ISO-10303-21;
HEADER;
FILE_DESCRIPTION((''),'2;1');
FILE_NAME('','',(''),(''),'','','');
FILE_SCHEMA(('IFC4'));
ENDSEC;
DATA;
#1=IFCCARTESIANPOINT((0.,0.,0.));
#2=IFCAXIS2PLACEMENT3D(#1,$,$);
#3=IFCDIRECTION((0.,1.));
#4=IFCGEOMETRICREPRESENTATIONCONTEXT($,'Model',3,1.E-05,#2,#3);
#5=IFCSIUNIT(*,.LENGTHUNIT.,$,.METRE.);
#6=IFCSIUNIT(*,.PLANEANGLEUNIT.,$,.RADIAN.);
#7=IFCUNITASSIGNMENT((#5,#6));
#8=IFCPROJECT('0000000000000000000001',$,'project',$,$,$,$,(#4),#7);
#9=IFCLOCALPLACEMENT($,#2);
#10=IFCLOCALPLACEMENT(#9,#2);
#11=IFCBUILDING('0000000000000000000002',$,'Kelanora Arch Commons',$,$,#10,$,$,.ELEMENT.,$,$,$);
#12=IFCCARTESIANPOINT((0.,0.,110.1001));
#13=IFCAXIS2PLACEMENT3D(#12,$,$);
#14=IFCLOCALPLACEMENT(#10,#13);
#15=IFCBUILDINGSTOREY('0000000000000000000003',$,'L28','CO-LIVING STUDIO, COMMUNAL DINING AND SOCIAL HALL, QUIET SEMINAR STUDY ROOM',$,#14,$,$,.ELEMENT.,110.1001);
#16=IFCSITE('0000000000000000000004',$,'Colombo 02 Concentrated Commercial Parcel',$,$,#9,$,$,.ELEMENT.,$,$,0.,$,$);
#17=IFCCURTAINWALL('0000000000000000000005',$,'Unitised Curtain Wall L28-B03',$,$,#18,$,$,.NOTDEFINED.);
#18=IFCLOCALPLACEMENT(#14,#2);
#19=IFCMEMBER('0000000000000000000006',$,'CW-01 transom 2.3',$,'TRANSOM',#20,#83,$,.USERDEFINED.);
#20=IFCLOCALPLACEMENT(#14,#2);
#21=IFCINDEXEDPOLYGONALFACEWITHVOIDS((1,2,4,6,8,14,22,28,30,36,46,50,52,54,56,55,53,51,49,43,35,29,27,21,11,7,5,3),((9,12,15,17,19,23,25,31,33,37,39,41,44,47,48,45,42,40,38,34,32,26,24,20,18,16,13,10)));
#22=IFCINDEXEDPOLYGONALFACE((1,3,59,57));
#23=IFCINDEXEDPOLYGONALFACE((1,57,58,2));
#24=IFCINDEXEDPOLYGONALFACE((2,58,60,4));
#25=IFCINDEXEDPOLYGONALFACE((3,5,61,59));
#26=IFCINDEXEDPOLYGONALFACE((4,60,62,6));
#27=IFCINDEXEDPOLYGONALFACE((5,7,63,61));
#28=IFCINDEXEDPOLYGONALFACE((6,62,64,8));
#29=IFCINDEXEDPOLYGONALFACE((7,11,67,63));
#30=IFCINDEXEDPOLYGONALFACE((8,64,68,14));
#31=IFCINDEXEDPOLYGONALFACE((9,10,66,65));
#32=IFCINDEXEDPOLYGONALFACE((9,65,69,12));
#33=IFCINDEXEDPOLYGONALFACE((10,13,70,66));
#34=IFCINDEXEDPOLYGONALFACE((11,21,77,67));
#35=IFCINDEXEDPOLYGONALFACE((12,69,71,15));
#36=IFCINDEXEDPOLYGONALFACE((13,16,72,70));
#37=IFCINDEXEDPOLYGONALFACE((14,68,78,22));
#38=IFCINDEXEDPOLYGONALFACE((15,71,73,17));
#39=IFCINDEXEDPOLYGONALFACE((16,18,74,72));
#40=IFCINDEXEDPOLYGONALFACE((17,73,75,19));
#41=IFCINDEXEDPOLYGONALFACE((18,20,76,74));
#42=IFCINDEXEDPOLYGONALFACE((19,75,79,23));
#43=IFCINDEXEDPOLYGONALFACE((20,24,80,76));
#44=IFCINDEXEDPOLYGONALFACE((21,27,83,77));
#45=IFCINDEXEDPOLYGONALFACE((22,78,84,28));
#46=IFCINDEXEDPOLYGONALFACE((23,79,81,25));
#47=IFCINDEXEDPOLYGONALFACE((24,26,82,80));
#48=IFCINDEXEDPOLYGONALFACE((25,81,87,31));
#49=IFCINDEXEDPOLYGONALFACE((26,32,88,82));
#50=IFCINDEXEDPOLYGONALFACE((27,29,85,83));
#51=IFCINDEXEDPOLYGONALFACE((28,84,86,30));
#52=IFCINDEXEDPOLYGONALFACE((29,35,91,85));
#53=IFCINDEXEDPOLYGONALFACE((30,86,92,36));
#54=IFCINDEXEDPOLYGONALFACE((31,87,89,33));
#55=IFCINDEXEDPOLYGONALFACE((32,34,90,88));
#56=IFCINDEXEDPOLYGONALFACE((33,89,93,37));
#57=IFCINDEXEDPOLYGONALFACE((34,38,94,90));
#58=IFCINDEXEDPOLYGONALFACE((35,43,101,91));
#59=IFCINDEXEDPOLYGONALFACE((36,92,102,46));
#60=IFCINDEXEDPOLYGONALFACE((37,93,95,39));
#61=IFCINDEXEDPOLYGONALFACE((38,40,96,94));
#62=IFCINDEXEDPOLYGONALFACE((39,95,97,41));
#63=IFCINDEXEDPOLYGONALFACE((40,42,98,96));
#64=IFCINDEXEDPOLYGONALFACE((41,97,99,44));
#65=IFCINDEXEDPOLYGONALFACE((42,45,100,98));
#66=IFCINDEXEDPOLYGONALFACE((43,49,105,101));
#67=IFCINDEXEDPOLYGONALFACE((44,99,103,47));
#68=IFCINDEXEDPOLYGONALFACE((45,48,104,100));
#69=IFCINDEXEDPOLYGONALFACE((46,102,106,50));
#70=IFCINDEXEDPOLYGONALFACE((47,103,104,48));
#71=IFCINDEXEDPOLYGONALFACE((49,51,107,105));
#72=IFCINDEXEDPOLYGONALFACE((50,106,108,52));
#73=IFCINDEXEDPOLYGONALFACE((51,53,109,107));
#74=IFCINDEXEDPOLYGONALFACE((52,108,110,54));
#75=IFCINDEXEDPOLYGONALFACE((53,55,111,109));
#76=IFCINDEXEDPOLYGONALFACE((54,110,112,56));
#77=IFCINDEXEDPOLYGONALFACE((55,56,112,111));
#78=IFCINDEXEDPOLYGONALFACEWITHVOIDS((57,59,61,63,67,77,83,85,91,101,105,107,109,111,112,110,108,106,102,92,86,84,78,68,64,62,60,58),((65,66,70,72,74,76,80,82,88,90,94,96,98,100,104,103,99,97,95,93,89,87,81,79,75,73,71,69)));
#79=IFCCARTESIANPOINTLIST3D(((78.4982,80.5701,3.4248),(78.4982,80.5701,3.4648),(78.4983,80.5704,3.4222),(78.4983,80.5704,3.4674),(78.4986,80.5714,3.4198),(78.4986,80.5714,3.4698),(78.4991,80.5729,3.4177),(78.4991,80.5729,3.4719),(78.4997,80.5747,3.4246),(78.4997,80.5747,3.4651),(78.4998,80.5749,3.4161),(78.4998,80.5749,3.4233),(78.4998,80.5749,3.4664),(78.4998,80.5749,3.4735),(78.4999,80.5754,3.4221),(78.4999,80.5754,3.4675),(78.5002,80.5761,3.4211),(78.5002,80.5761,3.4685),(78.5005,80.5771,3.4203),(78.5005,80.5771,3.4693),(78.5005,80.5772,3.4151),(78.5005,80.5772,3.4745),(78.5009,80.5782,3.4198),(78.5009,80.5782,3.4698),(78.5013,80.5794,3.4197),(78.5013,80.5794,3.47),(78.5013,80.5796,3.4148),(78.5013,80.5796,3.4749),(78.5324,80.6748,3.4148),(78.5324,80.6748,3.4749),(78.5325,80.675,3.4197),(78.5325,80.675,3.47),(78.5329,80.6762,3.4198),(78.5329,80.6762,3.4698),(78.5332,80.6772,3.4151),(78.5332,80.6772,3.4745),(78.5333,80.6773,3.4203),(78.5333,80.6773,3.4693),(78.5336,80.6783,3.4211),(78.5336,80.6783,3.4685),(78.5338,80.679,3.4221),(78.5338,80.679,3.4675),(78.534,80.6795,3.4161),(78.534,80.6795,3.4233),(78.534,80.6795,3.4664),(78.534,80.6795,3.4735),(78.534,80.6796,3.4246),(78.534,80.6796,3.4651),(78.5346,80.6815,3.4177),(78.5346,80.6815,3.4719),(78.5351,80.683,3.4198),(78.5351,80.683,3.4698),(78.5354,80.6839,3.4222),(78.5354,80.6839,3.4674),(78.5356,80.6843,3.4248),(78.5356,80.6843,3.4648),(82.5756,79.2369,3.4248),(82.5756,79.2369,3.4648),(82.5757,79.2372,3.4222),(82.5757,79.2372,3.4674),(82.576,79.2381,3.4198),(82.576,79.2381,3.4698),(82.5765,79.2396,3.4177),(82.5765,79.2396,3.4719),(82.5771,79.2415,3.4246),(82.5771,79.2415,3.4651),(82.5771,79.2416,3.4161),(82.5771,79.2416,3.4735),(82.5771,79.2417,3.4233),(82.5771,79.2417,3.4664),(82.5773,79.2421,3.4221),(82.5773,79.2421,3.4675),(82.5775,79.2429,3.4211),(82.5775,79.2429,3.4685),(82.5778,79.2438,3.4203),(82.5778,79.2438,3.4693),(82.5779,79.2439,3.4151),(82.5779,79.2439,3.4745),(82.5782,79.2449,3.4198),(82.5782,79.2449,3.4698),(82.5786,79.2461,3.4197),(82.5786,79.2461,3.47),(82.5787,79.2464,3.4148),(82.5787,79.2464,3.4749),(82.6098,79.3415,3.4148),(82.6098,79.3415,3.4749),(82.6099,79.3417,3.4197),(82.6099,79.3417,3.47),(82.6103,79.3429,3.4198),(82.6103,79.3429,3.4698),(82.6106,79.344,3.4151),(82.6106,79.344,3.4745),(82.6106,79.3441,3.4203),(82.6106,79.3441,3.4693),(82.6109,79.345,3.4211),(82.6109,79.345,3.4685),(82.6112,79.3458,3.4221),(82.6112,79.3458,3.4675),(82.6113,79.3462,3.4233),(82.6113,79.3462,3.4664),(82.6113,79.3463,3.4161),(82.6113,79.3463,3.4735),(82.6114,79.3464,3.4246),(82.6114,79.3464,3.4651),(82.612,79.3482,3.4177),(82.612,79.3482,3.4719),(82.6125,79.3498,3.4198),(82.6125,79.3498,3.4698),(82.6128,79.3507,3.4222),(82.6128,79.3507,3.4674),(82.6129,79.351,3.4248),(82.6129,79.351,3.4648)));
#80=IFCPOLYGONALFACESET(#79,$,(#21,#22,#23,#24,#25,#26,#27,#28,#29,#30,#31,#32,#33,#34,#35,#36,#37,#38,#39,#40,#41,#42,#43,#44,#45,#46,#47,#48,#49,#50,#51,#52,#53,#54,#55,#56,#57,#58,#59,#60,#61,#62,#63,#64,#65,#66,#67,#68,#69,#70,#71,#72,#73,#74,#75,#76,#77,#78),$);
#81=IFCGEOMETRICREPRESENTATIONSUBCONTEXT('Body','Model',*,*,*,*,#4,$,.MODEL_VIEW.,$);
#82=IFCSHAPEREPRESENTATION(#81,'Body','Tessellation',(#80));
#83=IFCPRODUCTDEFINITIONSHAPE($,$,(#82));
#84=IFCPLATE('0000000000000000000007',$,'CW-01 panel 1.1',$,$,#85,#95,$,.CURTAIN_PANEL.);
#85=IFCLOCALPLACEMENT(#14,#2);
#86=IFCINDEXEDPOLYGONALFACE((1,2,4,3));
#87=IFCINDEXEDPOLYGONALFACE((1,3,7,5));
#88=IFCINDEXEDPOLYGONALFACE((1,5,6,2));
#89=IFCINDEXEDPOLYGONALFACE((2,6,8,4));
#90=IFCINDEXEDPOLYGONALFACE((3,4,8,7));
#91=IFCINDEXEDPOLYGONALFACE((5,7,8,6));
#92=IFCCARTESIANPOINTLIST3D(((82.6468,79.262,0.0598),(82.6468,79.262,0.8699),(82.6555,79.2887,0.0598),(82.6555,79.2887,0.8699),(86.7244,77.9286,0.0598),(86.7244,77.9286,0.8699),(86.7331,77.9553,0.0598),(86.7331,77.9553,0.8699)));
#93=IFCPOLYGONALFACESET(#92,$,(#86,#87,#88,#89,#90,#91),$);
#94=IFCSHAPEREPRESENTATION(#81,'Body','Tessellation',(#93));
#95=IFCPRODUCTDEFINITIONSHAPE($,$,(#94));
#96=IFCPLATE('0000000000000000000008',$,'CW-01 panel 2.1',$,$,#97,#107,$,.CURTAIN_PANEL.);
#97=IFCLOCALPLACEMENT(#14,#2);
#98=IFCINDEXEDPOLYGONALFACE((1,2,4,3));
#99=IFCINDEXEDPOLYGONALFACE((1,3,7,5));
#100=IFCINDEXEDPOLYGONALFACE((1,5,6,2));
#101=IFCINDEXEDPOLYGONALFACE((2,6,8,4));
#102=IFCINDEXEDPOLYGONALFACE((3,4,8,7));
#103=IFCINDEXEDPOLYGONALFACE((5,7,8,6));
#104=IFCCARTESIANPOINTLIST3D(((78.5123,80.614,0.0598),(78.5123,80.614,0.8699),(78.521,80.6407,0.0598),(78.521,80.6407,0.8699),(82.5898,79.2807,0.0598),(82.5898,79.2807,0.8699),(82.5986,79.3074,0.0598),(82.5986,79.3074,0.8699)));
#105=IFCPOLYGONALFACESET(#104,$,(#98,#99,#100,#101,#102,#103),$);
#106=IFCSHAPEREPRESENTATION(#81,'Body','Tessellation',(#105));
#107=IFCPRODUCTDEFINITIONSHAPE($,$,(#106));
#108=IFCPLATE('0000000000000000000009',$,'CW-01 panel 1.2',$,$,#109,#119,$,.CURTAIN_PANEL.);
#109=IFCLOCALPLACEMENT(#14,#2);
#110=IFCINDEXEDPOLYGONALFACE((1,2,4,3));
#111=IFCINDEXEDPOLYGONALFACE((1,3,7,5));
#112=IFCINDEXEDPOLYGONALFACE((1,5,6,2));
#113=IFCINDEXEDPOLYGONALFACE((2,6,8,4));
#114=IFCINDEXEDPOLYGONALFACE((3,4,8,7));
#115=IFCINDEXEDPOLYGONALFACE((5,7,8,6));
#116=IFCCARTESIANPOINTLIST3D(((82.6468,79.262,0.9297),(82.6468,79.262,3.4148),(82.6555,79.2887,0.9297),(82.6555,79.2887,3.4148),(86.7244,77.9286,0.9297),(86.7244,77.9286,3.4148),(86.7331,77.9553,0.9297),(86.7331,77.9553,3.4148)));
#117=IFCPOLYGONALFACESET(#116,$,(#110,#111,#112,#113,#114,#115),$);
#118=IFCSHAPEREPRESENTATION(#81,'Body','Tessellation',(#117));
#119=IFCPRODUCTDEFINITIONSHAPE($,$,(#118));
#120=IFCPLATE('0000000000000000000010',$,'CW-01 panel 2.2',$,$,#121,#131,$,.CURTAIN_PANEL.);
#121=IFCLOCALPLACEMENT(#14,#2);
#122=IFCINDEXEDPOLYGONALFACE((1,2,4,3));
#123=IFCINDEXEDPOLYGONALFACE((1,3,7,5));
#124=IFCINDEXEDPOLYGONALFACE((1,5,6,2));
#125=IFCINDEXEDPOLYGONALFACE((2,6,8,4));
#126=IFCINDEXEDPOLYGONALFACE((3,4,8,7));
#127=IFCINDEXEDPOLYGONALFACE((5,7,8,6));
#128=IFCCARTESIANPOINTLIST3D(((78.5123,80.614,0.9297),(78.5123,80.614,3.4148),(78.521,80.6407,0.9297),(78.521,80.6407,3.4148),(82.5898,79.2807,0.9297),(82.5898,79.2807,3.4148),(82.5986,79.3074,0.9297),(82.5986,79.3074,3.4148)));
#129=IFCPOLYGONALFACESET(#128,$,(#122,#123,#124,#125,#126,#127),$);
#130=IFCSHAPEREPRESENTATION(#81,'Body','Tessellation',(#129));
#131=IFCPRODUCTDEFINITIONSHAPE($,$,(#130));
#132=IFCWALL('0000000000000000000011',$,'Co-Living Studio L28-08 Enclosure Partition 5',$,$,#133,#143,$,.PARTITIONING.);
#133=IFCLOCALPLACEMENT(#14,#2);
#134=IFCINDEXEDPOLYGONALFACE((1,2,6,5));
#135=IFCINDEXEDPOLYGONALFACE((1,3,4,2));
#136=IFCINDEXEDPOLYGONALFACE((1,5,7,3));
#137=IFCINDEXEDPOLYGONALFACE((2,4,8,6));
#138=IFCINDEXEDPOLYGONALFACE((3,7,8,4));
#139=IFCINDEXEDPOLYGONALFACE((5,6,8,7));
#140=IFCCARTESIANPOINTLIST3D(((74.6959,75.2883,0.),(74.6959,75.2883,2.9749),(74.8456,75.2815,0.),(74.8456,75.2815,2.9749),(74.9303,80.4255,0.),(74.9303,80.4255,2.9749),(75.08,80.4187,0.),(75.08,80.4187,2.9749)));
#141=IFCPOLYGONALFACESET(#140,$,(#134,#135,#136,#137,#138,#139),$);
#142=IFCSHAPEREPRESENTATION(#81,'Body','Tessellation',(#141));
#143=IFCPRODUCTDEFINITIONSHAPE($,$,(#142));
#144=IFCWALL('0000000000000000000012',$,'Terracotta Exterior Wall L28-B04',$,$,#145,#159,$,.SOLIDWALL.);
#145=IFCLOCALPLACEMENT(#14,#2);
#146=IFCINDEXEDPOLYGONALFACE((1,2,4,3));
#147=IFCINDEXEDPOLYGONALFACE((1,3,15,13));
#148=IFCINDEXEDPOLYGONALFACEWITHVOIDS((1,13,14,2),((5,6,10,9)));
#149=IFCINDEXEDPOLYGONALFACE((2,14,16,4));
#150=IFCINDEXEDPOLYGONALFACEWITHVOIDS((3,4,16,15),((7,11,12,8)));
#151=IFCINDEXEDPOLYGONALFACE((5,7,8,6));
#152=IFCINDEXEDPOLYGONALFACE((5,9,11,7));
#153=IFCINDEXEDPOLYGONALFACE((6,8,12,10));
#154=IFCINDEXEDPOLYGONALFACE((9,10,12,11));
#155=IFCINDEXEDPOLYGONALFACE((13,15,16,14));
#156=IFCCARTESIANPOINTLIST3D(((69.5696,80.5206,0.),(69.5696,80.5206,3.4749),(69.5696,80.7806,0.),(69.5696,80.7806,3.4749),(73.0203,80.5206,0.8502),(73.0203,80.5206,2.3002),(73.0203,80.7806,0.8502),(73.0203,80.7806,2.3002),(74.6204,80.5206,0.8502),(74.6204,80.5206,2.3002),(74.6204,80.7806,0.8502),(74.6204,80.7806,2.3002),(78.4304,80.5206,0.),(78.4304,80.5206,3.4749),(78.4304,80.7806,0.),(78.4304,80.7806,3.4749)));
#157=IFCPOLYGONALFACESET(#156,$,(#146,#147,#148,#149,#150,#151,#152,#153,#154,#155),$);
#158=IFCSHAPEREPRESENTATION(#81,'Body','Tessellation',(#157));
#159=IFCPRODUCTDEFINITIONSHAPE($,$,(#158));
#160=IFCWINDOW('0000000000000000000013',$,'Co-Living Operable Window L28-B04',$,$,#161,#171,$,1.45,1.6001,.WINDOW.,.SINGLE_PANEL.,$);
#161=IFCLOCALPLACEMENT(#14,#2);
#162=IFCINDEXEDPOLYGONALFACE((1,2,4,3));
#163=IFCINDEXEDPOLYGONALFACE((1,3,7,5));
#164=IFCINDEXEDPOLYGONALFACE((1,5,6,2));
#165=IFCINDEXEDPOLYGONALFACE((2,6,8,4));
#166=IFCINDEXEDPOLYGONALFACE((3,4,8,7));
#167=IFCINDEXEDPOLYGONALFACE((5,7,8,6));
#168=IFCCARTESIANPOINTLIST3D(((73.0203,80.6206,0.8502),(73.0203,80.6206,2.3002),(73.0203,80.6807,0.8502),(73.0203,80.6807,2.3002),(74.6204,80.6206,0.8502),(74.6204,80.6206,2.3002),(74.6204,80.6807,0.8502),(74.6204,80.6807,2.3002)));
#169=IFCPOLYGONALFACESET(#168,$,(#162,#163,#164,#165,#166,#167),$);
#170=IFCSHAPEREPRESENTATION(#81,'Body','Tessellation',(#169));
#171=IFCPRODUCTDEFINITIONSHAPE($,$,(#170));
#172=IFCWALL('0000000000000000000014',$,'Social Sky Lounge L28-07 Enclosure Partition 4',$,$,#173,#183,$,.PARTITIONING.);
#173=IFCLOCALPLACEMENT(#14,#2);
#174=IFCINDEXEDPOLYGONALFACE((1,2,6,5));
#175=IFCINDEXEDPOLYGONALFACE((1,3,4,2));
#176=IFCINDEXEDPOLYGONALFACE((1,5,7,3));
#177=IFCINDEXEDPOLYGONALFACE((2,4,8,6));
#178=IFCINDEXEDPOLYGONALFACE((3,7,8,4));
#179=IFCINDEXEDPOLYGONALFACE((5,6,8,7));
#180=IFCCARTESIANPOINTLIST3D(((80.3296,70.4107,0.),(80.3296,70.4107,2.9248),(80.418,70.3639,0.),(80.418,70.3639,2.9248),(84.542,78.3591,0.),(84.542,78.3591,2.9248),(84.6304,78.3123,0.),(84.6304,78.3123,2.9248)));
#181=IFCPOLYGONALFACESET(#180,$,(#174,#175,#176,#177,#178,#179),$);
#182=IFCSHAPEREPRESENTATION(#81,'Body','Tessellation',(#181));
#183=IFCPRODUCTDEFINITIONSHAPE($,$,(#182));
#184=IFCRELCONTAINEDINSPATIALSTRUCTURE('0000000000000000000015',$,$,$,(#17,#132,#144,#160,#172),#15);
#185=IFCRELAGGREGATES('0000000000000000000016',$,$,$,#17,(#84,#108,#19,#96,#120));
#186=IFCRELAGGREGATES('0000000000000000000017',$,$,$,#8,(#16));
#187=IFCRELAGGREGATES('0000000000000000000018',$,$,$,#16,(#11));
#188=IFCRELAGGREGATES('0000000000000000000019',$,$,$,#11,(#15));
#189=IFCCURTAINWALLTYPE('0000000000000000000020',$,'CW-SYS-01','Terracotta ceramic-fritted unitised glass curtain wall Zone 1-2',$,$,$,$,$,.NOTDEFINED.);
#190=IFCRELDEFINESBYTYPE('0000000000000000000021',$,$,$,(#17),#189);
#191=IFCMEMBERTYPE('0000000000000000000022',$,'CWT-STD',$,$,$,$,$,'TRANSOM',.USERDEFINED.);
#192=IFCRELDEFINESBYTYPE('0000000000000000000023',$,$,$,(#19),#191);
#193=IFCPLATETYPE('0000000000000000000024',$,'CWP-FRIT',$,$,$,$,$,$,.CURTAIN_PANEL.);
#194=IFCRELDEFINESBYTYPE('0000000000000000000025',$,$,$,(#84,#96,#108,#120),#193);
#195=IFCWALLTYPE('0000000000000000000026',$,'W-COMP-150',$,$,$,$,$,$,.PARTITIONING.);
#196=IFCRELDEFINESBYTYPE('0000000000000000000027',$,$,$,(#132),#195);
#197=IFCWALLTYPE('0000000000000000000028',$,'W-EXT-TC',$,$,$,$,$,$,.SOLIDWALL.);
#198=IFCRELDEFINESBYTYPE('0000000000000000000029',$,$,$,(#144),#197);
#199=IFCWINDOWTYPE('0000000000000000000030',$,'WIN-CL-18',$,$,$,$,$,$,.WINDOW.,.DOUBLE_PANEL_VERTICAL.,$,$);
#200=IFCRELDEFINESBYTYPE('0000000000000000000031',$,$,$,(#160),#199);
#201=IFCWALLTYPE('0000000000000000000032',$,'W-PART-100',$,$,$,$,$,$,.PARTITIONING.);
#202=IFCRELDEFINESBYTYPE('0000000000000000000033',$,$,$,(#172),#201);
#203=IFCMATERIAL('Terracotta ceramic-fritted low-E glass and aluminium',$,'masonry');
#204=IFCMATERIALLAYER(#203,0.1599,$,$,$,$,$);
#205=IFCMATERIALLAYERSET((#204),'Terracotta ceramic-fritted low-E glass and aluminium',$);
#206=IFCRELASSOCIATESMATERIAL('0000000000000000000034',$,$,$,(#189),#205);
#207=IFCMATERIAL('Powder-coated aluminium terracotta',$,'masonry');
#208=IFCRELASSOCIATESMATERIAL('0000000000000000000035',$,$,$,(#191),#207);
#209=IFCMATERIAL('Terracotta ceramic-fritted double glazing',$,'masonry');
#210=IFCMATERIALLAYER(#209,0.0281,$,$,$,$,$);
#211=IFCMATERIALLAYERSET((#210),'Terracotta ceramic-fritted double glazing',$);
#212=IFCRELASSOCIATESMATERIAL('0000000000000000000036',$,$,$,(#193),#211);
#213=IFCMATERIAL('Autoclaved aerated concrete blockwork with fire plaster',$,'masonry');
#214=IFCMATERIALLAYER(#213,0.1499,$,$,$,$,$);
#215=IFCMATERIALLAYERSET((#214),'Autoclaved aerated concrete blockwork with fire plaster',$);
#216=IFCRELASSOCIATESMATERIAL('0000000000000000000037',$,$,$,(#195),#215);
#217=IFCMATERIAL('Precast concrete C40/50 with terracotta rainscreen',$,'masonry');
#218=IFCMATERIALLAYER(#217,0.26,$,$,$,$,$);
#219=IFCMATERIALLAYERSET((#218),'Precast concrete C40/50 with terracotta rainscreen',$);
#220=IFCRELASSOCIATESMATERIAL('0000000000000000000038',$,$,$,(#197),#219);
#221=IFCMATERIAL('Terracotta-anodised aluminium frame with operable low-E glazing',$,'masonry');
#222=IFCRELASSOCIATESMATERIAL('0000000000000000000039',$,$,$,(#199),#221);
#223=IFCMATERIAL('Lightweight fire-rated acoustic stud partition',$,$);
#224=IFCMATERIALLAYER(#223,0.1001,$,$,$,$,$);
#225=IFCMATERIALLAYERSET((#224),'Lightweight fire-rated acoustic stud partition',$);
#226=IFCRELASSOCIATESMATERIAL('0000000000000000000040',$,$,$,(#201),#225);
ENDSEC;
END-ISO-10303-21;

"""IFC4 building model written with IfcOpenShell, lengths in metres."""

from ifc_helpers import new_model, si_unit, direction, frame, frame_2d, origin, origin_2d, place, context, subcontext, project, spatial, rectangle, hollow_rectangle, extrude, source, transform, mapped, material, layer, layer_set, material_profile, profile_set, type_object, element, fill, aggregate, save


model = new_model("IFC4")

# Units and contexts
model_context = context("Model", 3, precision=1e-05, world=origin(), true_north=direction((0.0, 1.0)))
body_context = subcontext(model_context, "Body", "Model", "MODEL_VIEW")
ifc_project = project(units=[si_unit("LENGTHUNIT", "METRE"), si_unit("PLANEANGLEUNIT", "RADIAN")], contexts=[model_context])

# Site, building, storey
site_placement = place(None, origin())
site = spatial("IfcSite", under=ifc_project, at=site_placement, Name="Colombo 02 Concentrated Commercial Parcel", CompositionType="ELEMENT", RefElevation=0.0)
building_placement = place(site_placement, origin())
building = spatial("IfcBuilding", under=site, at=building_placement, Name="Kelanora Arch Commons", CompositionType="ELEMENT")
storey_placement = place(building_placement, frame((0.0, 0.0, 110.1001)))
storey = spatial("IfcBuildingStorey", under=building, at=storey_placement, Name="L28", Description="CO-LIVING STUDIO, COMMUNAL DINING AND SOCIAL HALL, QUIET SEMINAR STUDY ROOM", CompositionType="ELEMENT", Elevation=110.1001)

# Curtain wall, member, plates
ifc_material_1 = material(Name="Terracotta ceramic-fritted low-E glass and aluminium", Category="masonry")
ifc_layer_1 = layer(ifc_material_1, 0.1599)
ifc_layer_set_1 = layer_set([ifc_layer_1], Name="Terracotta ceramic-fritted low-E glass and aluminium")
curtain_wall_type = type_object("IfcCurtainWallType", Name="CW-SYS-01", Description="Terracotta ceramic-fritted unitised glass curtain wall Zone 1-2", PredefinedType="NOTDEFINED", material=ifc_layer_set_1)
curtain_wall_placement = place(storey_placement, origin())
curtain_wall = element("IfcCurtainWall", 1, at=curtain_wall_placement, inside=storey, type_object=curtain_wall_type, Name="Unitised Curtain Wall L28-B03", PredefinedType="NOTDEFINED")
ifc_material_2 = material(Name="Powder-coated aluminium terracotta", Category="masonry")
ifc_material_profile_1 = material_profile(ifc_material_2, hollow_rectangle(XDim=0.1201, YDim=0.0601, WallThickness=0.0049, InnerFilletRadius=0.0049, OuterFilletRadius=0.01, at=origin_2d()), Name="CWT120x60")
ifc_profile_set_1 = profile_set([ifc_material_profile_1], Name="Powder-coated aluminium terracotta")
member_type_1 = type_object("IfcMemberType", Name="CWT-STD", ElementType="TRANSOM", PredefinedType="USERDEFINED", material=ifc_profile_set_1)
member_1_placement = place(storey_placement, frame((82.5942, 79.2939, 3.4448), z_axis=(-0.950478, 0.310793, 0.0), x_axis=(-0.310793, -0.950478, 0.0)))
member_1 = element("IfcMember", 2, at=member_1_placement, type_object=member_type_1, Name="CW-01 transom 2.3", ObjectType="TRANSOM", PredefinedType="USERDEFINED", context=body_context, shape_type="SweptSolid", body=[
    extrude(hollow_rectangle(XDim=0.1201, YDim=0.0601, WallThickness=0.0049, InnerFilletRadius=0.0049, OuterFilletRadius=0.01, at=origin_2d()), origin(), (0.0, 0.0, 1.0), 4.2898),
])
ifc_material_3 = material(Name="Terracotta ceramic-fritted double glazing", Category="masonry")
ifc_layer_2 = layer(ifc_material_3, 0.0281)
ifc_layer_set_2 = layer_set([ifc_layer_2], Name="Terracotta ceramic-fritted double glazing")
plate_type = type_object("IfcPlateType", Name="CWP-FRIT", PredefinedType="CURTAIN_PANEL", material=ifc_layer_set_2)
shared_shape_1 = source(origin(), body_context, "Body", "SweptSolid", [
    extrude(rectangle(XDim=4.29, YDim=0.0281, at=origin_2d()), origin(), (0.0, 0.0, 1.0), 0.8101),
])
plate_1_placement = place(storey_placement, frame((84.6899, 78.6086, 0.0598), z_axis=(0.0, 0.0, 1.0), x_axis=(-0.950474, 0.310805, 0.0)))
plate_1 = element("IfcPlate", 3, at=plate_1_placement, type_object=plate_type, Name="CW-01 panel 1.1", PredefinedType="CURTAIN_PANEL", context=body_context, shape_type="MappedRepresentation", body=[
    mapped(shared_shape_1, transform((0.0, 0.0, 0.0), scale=1.0)),
])
plate_2_placement = place(storey_placement, frame((80.5554, 79.9607, 0.0598), z_axis=(0.0, 0.0, 1.0), x_axis=(-0.950474, 0.310805, 0.0)))
plate_2 = element("IfcPlate", 4, at=plate_2_placement, type_object=plate_type, Name="CW-01 panel 2.1", PredefinedType="CURTAIN_PANEL", context=body_context, shape_type="MappedRepresentation", body=[
    mapped(shared_shape_1, transform((0.0, 0.0, 0.0), scale=1.0)),
])
shared_shape_2 = source(origin(), body_context, "Body", "SweptSolid", [
    extrude(rectangle(XDim=4.29, YDim=0.0281, at=origin_2d()), origin(), (0.0, 0.0, 1.0), 2.4851),
])
plate_3_placement = place(storey_placement, frame((84.6899, 78.6086, 0.9297), z_axis=(0.0, 0.0, 1.0), x_axis=(-0.950474, 0.310805, 0.0)))
plate_3 = element("IfcPlate", 5, at=plate_3_placement, type_object=plate_type, Name="CW-01 panel 1.2", PredefinedType="CURTAIN_PANEL", context=body_context, shape_type="MappedRepresentation", body=[
    mapped(shared_shape_2, transform((0.0, 0.0, 0.0), scale=1.0)),
])
plate_4_placement = place(storey_placement, frame((80.5554, 79.9607, 0.9297), z_axis=(0.0, 0.0, 1.0), x_axis=(-0.950474, 0.310805, 0.0)))
plate_4 = element("IfcPlate", 6, at=plate_4_placement, type_object=plate_type, Name="CW-01 panel 2.2", PredefinedType="CURTAIN_PANEL", context=body_context, shape_type="MappedRepresentation", body=[
    mapped(shared_shape_2, transform((0.0, 0.0, 0.0), scale=1.0)),
])
aggregate(curtain_wall, [plate_1, plate_3, member_1, plate_2, plate_4])

# Wall
ifc_material_4 = material(Name="Autoclaved aerated concrete blockwork with fire plaster", Category="masonry")
ifc_layer_3 = layer(ifc_material_4, 0.1499)
ifc_layer_set_3 = layer_set([ifc_layer_3], Name="Autoclaved aerated concrete blockwork with fire plaster")
wall_type_1 = type_object("IfcWallType", Name="W-COMP-150", PredefinedType="PARTITIONING", material=ifc_layer_set_3)
wall_1_placement = place(storey_placement, frame((75.0051, 80.4221, 0.0), z_axis=(0.0, 0.0, 1.0), x_axis=(-0.045576, -0.998961, 0.0)))
element("IfcWall", 7, at=wall_1_placement, inside=storey, type_object=wall_type_1, Name="Co-Living Studio L28-08 Enclosure Partition 5", PredefinedType="PARTITIONING", context=body_context, shape_type="SweptSolid", body=[
    extrude(rectangle(XDim=5.1426, YDim=0.1499, at=frame_2d((2.5713, 0.0))), origin(), (0.0, 0.0, 1.0), 2.9749),
])

# Wall, opening, window
ifc_material_5 = material(Name="Precast concrete C40/50 with terracotta rainscreen", Category="masonry")
ifc_layer_4 = layer(ifc_material_5, 0.26)
ifc_layer_set_4 = layer_set([ifc_layer_4], Name="Precast concrete C40/50 with terracotta rainscreen")
wall_type_2 = type_object("IfcWallType", Name="W-EXT-TC", PredefinedType="SOLIDWALL", material=ifc_layer_set_4)
wall_2_placement = place(storey_placement, frame((78.4304, 80.6506, 0.0), z_axis=(0.0, 0.0, 1.0), x_axis=(-1.0, 0.0, 0.0)))
wall_2 = element("IfcWall", 8, at=wall_2_placement, inside=storey, type_object=wall_type_2, Name="Terracotta Exterior Wall L28-B04", PredefinedType="SOLIDWALL", context=body_context, shape_type="SweptSolid", body=[
    extrude(rectangle(XDim=8.8608, YDim=0.26, at=frame_2d((4.4304, 0.0))), origin(), (0.0, 0.0, 1.0), 3.4749),
])
opening_placement = place(wall_2_placement, frame((3.8101, 0.0, 0.8501)))
opening = element("IfcOpeningElement", 9, at=opening_placement, cuts=wall_2, PredefinedType="OPENING", context=body_context, shape_type="SweptSolid", body=[
    extrude(rectangle(XDim=1.6001, YDim=1.45, at=frame_2d((0.8, 0.7251))), frame((0.0, 0.1401, 0.0), z_axis=(0.0, -1.0, 0.0), x_axis=(1.0, 0.0, 0.0)), (0.0, 0.0, 1.0), 0.28),
])
ifc_material_6 = material(Name="Terracotta-anodised aluminium frame with operable low-E glazing", Category="masonry")
window_type = type_object("IfcWindowType", Name="WIN-CL-18", PartitioningType="DOUBLE_PANEL_VERTICAL", PredefinedType="WINDOW", material=ifc_material_6)
window_placement = place(opening_placement, origin())
window = element("IfcWindow", 10, at=window_placement, inside=storey, type_object=window_type, Name="Co-Living Operable Window L28-B04", OverallHeight=1.45, OverallWidth=1.6001, PartitioningType="SINGLE_PANEL", PredefinedType="WINDOW", context=body_context, shape_type="SweptSolid", body=[
    extrude(rectangle(XDim=1.6001, YDim=1.45, at=frame_2d((0.8, 0.7251))), frame((0.0, 0.03, 0.0), z_axis=(0.0, -1.0, 0.0), x_axis=(1.0, 0.0, 0.0)), (0.0, 0.0, 1.0), 0.0601),
])
fill(opening, window)

# Wall
ifc_material_7 = material(Name="Lightweight fire-rated acoustic stud partition")
ifc_layer_5 = layer(ifc_material_7, 0.1001)
ifc_layer_set_5 = layer_set([ifc_layer_5], Name="Lightweight fire-rated acoustic stud partition")
wall_type_3 = type_object("IfcWallType", Name="W-PART-100", PredefinedType="PARTITIONING", material=ifc_layer_set_5)
wall_3_placement = place(storey_placement, frame((84.5862, 78.3357, 0.0), z_axis=(0.0, 0.0, 1.0), x_axis=(-0.468268, -0.883586, 0.0)))
element("IfcWall", 11, at=wall_3_placement, inside=storey, type_object=wall_type_3, Name="Social Sky Lounge L28-07 Enclosure Partition 4", PredefinedType="PARTITIONING", context=body_context, shape_type="SweptSolid", body=[
    extrude(rectangle(XDim=8.9956, YDim=0.1001, at=frame_2d((4.4978, 0.0))), origin(), (0.0, 0.0, 1.0), 2.9248),
])

save(model, "model.ifc")
